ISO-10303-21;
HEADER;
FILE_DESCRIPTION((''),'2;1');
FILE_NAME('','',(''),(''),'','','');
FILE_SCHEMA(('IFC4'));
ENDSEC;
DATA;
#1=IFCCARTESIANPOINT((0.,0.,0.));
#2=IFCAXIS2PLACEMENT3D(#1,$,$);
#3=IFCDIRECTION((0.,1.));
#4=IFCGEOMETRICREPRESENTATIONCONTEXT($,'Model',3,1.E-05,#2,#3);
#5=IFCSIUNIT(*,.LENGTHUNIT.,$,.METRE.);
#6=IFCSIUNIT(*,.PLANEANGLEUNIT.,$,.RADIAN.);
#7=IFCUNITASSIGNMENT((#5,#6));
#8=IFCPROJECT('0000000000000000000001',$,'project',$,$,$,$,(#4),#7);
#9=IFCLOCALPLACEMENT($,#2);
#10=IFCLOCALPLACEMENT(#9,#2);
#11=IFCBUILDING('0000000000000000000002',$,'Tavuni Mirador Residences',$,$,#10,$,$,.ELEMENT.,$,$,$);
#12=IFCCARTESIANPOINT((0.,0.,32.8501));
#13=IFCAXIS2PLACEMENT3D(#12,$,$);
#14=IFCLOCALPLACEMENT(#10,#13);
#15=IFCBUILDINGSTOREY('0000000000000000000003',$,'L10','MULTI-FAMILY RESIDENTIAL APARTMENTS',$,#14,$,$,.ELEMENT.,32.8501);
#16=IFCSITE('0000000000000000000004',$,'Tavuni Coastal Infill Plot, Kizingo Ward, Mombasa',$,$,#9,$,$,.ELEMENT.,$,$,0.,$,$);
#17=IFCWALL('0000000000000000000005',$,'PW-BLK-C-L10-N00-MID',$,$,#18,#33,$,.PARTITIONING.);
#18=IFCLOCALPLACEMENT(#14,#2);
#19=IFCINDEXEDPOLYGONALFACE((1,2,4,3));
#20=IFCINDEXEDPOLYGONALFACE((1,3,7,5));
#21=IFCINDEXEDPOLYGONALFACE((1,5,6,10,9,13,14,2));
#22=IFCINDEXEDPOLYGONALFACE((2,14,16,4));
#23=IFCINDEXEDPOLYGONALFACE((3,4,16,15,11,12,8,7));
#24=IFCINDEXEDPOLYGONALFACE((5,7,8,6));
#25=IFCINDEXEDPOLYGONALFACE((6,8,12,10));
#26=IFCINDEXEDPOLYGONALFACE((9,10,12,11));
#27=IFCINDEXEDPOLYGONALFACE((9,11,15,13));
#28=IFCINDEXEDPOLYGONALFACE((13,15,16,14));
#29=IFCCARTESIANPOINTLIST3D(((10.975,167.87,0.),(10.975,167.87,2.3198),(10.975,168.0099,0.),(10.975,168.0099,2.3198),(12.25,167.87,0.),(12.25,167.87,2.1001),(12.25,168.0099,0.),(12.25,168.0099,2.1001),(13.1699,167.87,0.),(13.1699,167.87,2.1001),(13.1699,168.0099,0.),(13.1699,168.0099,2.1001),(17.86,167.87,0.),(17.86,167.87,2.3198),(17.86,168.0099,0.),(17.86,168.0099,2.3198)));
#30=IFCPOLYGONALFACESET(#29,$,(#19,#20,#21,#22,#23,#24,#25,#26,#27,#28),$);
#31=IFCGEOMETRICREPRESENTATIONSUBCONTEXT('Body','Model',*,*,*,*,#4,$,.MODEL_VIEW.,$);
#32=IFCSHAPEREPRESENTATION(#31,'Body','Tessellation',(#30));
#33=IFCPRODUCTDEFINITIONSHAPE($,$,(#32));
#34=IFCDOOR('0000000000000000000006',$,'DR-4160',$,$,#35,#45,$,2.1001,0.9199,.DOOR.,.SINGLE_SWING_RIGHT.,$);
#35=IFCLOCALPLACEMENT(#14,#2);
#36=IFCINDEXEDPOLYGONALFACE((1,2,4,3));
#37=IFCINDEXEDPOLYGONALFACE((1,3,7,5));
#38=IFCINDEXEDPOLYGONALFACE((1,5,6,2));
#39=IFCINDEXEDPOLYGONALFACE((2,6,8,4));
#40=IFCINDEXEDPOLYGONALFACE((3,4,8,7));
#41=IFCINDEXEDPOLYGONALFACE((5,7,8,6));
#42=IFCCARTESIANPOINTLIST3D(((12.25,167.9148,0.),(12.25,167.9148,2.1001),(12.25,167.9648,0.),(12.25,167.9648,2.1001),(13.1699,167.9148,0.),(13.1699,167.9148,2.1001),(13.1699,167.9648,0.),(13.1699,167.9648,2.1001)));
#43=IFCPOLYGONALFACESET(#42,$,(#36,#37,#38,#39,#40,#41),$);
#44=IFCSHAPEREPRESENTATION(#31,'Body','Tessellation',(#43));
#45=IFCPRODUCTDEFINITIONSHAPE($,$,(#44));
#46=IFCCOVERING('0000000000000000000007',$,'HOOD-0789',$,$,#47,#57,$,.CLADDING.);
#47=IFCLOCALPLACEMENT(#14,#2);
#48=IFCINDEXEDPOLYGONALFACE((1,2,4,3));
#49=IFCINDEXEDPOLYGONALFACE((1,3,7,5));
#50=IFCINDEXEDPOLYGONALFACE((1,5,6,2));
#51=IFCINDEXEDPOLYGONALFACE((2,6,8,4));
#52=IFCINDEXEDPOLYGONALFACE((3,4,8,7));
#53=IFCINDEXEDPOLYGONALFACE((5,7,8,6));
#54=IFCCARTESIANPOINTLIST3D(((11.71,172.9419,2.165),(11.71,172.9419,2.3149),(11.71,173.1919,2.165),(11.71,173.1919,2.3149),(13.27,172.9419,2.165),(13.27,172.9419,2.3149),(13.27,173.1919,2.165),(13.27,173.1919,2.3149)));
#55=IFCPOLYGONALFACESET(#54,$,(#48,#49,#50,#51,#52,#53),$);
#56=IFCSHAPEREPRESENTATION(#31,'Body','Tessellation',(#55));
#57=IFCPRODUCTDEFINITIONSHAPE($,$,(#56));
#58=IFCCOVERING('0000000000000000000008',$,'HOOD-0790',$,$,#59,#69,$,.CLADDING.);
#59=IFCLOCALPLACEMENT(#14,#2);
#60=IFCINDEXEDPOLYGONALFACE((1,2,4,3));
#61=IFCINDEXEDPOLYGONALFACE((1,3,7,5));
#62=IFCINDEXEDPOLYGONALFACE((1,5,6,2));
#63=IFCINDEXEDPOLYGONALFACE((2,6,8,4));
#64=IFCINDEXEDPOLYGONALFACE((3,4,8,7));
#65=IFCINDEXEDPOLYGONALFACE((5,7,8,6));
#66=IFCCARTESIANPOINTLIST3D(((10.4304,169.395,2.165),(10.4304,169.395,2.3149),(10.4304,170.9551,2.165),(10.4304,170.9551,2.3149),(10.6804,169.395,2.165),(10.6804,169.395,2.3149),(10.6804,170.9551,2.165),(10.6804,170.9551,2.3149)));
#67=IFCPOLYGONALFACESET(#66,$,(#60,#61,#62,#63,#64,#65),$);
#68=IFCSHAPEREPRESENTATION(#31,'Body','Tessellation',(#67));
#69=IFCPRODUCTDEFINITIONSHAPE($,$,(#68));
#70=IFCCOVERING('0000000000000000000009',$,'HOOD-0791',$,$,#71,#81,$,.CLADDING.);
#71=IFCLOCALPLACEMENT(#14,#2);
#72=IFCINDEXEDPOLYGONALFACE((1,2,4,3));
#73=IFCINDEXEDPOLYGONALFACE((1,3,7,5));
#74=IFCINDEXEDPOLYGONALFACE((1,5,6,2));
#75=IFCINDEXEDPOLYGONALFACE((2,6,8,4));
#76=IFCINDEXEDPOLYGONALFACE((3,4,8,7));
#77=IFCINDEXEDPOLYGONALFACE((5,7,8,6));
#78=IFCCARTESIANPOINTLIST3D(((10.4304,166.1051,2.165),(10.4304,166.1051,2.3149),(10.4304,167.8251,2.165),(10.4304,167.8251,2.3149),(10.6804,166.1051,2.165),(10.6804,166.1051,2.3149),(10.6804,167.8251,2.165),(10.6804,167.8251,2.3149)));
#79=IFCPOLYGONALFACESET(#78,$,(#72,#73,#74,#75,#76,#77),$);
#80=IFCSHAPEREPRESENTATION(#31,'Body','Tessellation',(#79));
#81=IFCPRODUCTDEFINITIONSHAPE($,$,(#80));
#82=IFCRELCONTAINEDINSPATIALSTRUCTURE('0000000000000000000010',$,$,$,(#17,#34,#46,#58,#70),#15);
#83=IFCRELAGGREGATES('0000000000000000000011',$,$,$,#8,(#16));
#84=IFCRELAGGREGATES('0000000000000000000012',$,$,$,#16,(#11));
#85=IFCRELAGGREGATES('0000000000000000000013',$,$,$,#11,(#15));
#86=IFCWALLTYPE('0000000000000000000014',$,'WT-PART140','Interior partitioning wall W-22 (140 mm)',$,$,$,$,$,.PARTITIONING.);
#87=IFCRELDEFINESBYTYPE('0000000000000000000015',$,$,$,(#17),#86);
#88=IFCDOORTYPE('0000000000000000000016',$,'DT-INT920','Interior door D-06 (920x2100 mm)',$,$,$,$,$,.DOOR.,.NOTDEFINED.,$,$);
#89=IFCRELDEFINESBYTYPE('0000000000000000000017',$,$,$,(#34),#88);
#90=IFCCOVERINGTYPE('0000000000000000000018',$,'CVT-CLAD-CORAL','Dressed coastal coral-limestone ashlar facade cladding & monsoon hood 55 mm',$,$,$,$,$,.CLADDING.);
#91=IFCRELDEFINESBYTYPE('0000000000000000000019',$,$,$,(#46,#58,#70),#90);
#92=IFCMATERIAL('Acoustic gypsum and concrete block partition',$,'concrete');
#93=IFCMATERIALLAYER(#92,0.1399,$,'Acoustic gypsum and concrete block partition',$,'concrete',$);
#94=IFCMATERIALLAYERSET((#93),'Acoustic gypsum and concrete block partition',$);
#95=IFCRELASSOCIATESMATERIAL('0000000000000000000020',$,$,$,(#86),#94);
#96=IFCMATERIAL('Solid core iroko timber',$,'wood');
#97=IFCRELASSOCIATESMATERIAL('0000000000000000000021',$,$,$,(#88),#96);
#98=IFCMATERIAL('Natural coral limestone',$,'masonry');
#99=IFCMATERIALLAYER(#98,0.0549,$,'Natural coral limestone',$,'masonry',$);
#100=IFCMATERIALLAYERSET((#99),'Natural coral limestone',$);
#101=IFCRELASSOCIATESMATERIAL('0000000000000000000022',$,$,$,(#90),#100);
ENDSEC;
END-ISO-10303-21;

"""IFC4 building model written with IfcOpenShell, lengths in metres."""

from ifc_helpers import new_model, si_unit, direction, frame, frame_2d, origin, origin_2d, place, context, subcontext, project, spatial, rectangle, extrude, material, layer, layer_set, type_object, element, fill, save


model = new_model("IFC4")

# Units and contexts
model_context = context("Model", 3, precision=1e-05, world=origin(), true_north=direction((0.0, 1.0)))
body_context = subcontext(model_context, "Body", "Model", "MODEL_VIEW")
ifc_project = project(units=[si_unit("LENGTHUNIT", "METRE"), si_unit("PLANEANGLEUNIT", "RADIAN")], contexts=[model_context])

# Site, building, storey
site_placement = place(None, origin())
site = spatial("IfcSite", under=ifc_project, at=site_placement, Name="Tavuni Coastal Infill Plot, Kizingo Ward, Mombasa", CompositionType="ELEMENT", RefElevation=0.0)
building_placement = place(site_placement, origin())
building = spatial("IfcBuilding", under=site, at=building_placement, Name="Tavuni Mirador Residences", CompositionType="ELEMENT")
storey_placement = place(building_placement, frame((0.0, 0.0, 32.8501)))
storey = spatial("IfcBuildingStorey", under=building, at=storey_placement, Name="L10", Description="MULTI-FAMILY RESIDENTIAL APARTMENTS", CompositionType="ELEMENT", Elevation=32.8501)

# Shared definitions
ifc_material_1 = material(Name="Solid core iroko timber", Category="wood")

# Wall, opening, door
ifc_material_2 = material(Name="Acoustic gypsum and concrete block partition", Category="concrete")
ifc_layer_1 = layer(ifc_material_2, 0.1399, Name="Acoustic gypsum and concrete block partition", Category="concrete")
ifc_layer_set_1 = layer_set([ifc_layer_1], Name="Acoustic gypsum and concrete block partition")
wall_type_1 = type_object("IfcWallType", Name="WT-PART140", Description="Interior partitioning wall W-22 (140 mm)", PredefinedType="PARTITIONING", material=ifc_layer_set_1)
wall_1_placement = place(storey_placement, frame((10.9751, 167.9399, 0.0), z_axis=(0.0, 0.0, 1.0), x_axis=(1.0, 0.0, 0.0)))
wall_1 = element("IfcWall", 1, at=wall_1_placement, inside=storey, type_object=wall_type_1, Name="PW-BLK-C-L10-N00-MID", PredefinedType="PARTITIONING", context=body_context, shape_type="SweptSolid", body=[
    extrude(rectangle(XDim=6.885, YDim=0.1399, at=frame_2d((3.4424, 0.0))), origin(), (0.0, 0.0, 1.0), 2.3198),
])
opening_1_placement = place(wall_1_placement, frame((1.2749, 0.0, 0.0)))
opening_1 = element("IfcOpeningElement", 2, at=opening_1_placement, cuts=wall_1, PredefinedType="OPENING", context=body_context, shape_type="SweptSolid", body=[
    extrude(rectangle(XDim=0.9199, YDim=2.1001, at=frame_2d((0.46, 1.05))), frame((0.0, 0.0801, 0.0), z_axis=(0.0, -1.0, 0.0), x_axis=(1.0, 0.0, 0.0)), (0.0, 0.0, 1.0), 0.1599),
])
door_type_1 = type_object("IfcDoorType", Name="DT-INT920", Description="Interior door D-06 (920x2100 mm)", OperationType="NOTDEFINED", PredefinedType="DOOR", material=ifc_material_1)
door_1_placement = place(opening_1_placement, origin())
door_1 = element("IfcDoor", 3, at=door_1_placement, inside=storey, type_object=door_type_1, Name="DR-4160", OperationType="SINGLE_SWING_RIGHT", OverallHeight=2.1001, OverallWidth=0.9199, PredefinedType="DOOR", context=body_context, shape_type="SweptSolid", body=[
    extrude(rectangle(XDim=0.9199, YDim=2.1001, at=frame_2d((0.46, 1.05))), frame((0.0, 0.0249, 0.0), z_axis=(0.0, -1.0, 0.0), x_axis=(1.0, 0.0, 0.0)), (0.0, 0.0, 1.0), 0.05),
])
fill(opening_1, door_1)

# Coverings
ifc_material_3 = material(Name="Natural coral limestone", Category="masonry")
ifc_layer_2 = layer(ifc_material_3, 0.0549, Name="Natural coral limestone", Category="masonry")
ifc_layer_set_2 = layer_set([ifc_layer_2], Name="Natural coral limestone")
covering_type = type_object("IfcCoveringType", Name="CVT-CLAD-CORAL", Description="Dressed coastal coral-limestone ashlar facade cladding & monsoon hood 55 mm", PredefinedType="CLADDING", material=ifc_layer_set_2)
for number, where, z_axis, x_axis, name in (
    (4, (12.49, 173.0669, 2.165), (0.0, 0.0, 1.0), (-1.0, 0.0, 0.0), "HOOD-0789"),
    (5, (10.5554, 170.175, 2.165), (0.0, 0.0, 1.0), (0.0, -1.0, 0.0), "HOOD-0790"),
):
    element("IfcCovering", number, at=place(storey_placement, frame(where, z_axis=z_axis, x_axis=x_axis)), inside=storey, type_object=covering_type, Name=name, PredefinedType="CLADDING", context=body_context, shape_type="SweptSolid", body=[
        extrude(rectangle(XDim=1.5601, YDim=0.25, at=origin_2d()), origin(), (0.0, 0.0, 1.0), 0.1499),
    ])
covering_placement = place(storey_placement, frame((10.5554, 166.9651, 2.165), z_axis=(0.0, 0.0, 1.0), x_axis=(0.0, -1.0, 0.0)))
element("IfcCovering", 6, at=covering_placement, inside=storey, type_object=covering_type, Name="HOOD-0791", PredefinedType="CLADDING", context=body_context, shape_type="SweptSolid", body=[
    extrude(rectangle(XDim=1.72, YDim=0.25, at=origin_2d()), origin(), (0.0, 0.0, 1.0), 0.1499),
])

save(model, "model.ifc")
